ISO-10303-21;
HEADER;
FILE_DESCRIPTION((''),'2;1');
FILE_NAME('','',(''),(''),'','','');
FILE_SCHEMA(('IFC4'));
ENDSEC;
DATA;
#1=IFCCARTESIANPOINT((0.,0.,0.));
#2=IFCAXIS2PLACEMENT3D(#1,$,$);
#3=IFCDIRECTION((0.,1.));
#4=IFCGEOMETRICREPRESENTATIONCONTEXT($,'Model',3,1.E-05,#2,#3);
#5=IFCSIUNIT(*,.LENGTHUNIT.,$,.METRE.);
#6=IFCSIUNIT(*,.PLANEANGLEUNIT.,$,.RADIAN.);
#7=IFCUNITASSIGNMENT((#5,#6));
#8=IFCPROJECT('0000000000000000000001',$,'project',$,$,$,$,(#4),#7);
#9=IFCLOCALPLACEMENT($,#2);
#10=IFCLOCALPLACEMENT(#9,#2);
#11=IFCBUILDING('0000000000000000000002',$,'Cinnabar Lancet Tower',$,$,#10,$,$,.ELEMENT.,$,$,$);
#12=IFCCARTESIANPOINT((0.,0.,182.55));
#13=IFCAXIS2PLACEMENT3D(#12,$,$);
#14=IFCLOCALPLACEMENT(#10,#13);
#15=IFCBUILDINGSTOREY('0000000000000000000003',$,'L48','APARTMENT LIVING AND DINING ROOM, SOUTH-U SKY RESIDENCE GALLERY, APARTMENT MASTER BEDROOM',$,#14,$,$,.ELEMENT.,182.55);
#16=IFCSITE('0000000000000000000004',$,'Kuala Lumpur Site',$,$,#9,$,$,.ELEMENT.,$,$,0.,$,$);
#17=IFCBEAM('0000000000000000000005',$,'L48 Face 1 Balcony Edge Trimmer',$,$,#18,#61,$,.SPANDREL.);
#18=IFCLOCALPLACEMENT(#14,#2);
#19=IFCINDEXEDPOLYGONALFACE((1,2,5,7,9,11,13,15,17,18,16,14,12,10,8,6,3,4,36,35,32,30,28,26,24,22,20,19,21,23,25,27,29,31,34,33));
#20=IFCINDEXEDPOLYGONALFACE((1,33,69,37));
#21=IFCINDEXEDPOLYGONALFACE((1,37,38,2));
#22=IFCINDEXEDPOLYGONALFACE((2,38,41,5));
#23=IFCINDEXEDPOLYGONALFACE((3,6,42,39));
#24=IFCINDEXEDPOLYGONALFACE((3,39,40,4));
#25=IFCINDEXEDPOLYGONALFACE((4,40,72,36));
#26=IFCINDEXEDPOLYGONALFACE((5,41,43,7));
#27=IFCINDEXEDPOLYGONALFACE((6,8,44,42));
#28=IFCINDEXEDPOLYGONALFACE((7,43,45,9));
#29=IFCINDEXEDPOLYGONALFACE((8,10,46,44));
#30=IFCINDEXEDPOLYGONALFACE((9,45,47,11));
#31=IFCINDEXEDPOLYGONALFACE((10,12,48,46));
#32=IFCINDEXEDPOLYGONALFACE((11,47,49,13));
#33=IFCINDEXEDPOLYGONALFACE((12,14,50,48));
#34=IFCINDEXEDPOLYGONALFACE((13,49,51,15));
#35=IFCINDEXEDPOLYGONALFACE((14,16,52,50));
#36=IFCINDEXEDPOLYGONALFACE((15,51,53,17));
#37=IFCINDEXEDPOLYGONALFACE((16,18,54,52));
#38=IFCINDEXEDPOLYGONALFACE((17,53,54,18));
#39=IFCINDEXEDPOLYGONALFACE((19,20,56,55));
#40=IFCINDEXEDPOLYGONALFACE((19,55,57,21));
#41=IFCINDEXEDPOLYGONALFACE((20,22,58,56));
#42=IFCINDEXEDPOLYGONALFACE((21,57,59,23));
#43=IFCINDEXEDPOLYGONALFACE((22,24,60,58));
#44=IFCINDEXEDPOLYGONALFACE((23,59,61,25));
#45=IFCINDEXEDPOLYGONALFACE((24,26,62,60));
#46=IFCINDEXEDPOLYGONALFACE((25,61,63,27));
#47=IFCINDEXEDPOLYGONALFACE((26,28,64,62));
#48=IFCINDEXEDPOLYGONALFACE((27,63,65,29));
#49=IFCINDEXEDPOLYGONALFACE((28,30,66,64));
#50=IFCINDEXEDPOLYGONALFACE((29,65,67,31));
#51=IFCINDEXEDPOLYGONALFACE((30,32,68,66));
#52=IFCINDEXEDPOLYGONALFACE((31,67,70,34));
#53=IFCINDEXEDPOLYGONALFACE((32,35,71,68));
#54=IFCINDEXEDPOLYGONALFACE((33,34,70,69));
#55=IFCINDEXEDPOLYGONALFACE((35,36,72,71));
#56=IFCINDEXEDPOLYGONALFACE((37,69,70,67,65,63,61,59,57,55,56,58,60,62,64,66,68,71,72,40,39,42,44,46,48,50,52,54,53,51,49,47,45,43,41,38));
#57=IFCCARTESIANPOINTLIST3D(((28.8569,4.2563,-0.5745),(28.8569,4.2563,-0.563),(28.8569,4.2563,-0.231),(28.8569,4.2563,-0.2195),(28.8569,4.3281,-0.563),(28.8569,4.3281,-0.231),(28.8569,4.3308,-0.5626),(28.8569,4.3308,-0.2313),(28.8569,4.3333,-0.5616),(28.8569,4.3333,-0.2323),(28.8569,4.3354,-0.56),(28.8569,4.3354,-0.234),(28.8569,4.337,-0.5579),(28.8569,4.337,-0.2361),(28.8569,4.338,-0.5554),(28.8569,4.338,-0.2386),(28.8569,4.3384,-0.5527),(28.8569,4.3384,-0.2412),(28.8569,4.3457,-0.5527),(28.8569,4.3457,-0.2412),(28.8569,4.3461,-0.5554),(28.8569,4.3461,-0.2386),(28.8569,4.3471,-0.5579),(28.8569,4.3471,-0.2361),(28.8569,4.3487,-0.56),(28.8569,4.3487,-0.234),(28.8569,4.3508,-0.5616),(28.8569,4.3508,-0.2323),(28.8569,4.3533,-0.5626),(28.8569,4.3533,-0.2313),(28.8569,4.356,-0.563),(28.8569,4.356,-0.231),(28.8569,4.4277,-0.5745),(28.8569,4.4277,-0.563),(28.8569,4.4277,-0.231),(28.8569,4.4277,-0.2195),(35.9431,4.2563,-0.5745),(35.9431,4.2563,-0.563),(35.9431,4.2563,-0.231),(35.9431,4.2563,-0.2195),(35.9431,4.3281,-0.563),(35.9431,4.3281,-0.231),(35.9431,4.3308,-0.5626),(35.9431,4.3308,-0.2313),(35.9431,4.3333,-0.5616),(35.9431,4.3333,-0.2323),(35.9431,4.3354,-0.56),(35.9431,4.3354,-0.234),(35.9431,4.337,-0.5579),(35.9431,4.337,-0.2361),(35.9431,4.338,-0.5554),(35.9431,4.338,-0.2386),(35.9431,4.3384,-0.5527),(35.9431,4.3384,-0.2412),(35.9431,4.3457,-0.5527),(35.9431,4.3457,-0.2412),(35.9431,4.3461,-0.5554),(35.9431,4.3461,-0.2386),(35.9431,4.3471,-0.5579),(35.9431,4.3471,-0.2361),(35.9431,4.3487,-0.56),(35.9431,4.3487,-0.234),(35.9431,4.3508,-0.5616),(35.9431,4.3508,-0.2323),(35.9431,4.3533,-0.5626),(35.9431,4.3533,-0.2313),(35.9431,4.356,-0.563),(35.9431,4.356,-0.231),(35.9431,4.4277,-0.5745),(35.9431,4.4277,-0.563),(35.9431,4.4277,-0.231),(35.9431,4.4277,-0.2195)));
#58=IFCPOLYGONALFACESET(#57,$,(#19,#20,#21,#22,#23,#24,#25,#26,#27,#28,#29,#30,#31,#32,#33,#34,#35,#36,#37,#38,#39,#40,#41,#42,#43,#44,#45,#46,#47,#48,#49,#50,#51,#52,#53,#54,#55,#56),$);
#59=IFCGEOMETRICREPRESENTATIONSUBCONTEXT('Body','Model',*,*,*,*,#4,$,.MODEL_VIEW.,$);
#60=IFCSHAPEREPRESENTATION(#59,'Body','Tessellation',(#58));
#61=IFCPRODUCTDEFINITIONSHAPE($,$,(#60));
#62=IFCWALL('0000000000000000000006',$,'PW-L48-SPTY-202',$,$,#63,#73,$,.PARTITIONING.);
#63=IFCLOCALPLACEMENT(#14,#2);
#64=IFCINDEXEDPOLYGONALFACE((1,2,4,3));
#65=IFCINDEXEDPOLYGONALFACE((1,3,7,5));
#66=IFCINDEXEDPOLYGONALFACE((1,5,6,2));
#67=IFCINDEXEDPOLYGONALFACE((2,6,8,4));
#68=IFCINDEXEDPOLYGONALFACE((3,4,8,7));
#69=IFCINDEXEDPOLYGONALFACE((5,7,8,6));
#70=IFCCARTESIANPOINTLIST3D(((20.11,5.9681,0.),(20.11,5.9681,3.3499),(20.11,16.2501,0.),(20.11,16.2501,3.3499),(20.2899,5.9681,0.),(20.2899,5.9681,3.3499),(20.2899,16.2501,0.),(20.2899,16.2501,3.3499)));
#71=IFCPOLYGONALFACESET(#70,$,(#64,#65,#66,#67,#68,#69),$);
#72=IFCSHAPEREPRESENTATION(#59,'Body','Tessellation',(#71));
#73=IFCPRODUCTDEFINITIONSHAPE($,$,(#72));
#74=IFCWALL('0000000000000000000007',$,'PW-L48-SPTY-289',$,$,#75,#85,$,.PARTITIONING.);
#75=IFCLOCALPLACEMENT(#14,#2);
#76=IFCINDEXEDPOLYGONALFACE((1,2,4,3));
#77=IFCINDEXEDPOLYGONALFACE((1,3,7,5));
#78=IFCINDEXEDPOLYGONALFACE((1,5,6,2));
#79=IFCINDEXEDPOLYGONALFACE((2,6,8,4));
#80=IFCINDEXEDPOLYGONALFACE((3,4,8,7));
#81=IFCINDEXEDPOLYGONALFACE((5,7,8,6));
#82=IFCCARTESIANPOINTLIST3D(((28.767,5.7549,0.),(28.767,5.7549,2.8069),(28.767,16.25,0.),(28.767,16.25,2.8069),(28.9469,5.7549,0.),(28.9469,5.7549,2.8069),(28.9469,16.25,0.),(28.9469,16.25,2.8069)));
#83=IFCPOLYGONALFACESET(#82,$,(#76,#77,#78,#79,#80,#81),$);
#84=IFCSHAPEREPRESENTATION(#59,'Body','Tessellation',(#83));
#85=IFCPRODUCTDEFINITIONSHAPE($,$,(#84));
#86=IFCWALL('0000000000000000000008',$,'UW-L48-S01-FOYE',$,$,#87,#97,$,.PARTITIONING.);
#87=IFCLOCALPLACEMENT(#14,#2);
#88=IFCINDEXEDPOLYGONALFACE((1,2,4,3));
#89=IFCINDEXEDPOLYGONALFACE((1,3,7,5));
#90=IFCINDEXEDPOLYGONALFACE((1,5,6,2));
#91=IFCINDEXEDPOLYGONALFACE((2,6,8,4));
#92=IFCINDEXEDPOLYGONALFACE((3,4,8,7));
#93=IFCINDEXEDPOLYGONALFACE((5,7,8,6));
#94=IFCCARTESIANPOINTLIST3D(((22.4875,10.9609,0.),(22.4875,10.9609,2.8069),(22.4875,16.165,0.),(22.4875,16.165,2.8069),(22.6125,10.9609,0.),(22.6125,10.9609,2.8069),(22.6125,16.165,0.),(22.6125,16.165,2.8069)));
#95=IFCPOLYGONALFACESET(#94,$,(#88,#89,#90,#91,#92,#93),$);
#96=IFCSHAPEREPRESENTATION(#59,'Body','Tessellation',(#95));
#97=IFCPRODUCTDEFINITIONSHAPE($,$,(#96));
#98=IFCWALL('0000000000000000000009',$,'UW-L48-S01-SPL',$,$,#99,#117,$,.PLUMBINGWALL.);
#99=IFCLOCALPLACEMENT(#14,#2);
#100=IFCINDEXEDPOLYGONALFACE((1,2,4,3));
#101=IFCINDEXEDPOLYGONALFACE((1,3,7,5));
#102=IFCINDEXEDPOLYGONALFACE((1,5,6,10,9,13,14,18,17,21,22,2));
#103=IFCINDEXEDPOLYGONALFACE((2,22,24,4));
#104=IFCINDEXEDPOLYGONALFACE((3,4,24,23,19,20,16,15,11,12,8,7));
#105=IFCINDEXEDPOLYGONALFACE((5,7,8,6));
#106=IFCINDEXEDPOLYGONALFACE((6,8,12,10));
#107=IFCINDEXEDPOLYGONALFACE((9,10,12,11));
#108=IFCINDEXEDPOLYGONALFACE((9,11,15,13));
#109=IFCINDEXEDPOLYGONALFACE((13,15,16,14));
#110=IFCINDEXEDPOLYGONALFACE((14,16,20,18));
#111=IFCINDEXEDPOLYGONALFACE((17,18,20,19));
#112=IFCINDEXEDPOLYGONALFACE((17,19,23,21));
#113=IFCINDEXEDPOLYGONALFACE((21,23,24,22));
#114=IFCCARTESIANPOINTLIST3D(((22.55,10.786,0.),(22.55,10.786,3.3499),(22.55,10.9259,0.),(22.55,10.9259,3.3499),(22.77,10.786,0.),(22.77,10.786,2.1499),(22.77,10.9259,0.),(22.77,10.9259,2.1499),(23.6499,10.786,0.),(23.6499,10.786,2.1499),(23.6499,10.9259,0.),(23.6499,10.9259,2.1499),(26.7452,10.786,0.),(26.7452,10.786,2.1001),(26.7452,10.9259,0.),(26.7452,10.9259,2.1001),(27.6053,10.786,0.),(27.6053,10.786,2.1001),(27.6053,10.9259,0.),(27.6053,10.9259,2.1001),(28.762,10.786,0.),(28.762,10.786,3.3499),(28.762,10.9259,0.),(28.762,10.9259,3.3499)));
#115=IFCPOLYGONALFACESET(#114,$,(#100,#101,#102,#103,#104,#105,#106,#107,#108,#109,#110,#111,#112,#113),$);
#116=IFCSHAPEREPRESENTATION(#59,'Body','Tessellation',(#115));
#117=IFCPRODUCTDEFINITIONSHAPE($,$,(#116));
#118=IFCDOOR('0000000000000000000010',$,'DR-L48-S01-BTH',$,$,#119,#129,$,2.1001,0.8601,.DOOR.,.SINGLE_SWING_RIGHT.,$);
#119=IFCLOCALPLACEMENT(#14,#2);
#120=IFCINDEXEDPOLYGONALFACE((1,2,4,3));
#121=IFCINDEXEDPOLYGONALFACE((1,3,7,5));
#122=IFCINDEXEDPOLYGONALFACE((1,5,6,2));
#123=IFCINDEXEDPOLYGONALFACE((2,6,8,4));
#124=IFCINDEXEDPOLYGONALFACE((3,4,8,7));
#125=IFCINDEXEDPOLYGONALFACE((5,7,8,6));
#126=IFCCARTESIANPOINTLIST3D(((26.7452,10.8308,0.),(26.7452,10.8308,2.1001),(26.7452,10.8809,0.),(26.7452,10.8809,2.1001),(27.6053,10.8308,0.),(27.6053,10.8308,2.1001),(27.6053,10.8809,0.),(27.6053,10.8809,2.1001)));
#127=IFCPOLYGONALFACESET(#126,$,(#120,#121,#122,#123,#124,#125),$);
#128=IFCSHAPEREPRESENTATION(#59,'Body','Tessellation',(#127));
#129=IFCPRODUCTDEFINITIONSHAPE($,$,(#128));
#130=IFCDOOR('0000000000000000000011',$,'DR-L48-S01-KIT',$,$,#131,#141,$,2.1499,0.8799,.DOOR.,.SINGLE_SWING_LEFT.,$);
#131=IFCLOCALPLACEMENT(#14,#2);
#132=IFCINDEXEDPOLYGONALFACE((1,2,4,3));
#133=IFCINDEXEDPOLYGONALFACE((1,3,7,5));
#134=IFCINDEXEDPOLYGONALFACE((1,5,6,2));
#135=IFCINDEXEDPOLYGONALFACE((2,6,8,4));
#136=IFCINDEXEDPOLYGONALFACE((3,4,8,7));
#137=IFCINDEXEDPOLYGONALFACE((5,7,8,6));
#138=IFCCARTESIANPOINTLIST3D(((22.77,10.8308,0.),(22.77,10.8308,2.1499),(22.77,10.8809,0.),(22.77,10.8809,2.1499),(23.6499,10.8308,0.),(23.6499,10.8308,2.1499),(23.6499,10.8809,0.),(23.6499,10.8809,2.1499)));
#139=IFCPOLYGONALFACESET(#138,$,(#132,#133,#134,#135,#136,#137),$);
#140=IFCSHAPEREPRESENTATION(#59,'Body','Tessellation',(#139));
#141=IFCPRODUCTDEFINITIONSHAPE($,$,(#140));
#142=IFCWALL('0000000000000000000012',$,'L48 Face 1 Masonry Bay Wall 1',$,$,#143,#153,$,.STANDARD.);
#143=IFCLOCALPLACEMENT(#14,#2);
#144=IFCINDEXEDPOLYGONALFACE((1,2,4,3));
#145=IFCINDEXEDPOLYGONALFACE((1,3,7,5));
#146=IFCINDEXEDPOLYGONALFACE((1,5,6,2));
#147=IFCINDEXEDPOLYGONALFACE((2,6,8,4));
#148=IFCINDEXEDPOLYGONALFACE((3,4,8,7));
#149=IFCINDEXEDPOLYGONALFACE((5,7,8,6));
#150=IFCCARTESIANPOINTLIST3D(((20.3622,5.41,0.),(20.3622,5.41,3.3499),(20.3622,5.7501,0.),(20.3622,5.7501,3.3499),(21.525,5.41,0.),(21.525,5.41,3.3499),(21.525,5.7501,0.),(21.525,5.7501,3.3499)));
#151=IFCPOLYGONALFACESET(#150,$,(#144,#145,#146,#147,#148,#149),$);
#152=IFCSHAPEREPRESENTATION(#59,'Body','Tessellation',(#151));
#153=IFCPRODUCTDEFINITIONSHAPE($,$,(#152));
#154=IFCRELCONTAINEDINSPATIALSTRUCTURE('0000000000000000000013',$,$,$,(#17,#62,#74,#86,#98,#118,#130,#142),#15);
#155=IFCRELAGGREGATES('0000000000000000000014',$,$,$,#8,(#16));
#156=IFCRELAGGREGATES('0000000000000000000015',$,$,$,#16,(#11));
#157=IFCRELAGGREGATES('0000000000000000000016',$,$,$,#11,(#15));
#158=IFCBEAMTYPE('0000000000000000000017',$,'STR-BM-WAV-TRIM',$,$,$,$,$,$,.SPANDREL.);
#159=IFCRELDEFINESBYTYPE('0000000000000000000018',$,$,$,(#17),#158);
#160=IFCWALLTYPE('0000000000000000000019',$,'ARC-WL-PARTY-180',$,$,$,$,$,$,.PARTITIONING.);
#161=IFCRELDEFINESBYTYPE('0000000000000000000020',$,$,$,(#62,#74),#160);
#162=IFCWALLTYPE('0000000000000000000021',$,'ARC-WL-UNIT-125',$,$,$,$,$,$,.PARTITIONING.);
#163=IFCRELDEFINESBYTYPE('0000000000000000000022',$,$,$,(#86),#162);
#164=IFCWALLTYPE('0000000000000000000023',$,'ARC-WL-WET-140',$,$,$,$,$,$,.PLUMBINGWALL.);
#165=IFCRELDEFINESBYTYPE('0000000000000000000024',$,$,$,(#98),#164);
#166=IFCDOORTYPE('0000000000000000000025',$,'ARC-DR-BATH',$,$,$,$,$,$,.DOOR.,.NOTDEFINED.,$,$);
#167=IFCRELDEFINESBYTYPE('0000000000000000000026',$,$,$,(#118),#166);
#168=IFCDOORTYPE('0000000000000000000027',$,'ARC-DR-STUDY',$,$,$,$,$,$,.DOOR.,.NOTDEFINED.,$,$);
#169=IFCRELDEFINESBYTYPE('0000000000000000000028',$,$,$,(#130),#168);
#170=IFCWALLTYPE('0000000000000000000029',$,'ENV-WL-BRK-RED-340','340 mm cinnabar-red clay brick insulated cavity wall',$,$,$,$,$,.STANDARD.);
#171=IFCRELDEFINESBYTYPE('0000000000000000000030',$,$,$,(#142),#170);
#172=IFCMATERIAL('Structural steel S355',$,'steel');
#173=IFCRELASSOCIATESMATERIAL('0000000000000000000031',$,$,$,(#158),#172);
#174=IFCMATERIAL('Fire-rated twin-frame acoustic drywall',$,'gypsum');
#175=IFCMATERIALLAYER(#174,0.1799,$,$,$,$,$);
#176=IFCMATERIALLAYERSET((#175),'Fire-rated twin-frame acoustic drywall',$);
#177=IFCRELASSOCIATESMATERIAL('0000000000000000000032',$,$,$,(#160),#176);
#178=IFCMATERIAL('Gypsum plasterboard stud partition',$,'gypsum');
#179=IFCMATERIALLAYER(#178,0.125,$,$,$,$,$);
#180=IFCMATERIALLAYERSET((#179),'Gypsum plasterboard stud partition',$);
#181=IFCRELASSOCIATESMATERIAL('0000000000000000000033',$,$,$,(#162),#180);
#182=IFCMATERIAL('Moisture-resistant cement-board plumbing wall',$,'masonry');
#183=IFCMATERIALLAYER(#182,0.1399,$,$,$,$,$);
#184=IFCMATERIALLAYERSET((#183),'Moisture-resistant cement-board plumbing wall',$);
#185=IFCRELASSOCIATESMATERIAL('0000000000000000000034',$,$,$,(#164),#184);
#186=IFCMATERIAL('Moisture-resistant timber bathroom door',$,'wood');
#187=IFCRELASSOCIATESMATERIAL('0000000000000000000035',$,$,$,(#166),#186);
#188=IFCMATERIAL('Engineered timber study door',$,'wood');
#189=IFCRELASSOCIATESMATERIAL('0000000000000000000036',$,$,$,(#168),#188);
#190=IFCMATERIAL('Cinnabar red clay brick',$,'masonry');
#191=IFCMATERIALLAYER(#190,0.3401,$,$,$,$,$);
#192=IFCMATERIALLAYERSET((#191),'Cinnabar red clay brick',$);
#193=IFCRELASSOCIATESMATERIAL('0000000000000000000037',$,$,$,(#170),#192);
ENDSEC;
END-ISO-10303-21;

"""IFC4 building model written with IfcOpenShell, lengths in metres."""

from ifc_helpers import new_model, si_unit, direction, frame, frame_2d, origin, origin_2d, place, context, subcontext, project, spatial, rectangle, i_section, extrude, material, layer, layer_set, material_profile, profile_set, type_object, element, fill, save


model = new_model("IFC4")

# Units and contexts
model_context = context("Model", 3, precision=1e-05, world=origin(), true_north=direction((0.0, 1.0)))
body_context = subcontext(model_context, "Body", "Model", "MODEL_VIEW")
ifc_project = project(units=[si_unit("LENGTHUNIT", "METRE"), si_unit("PLANEANGLEUNIT", "RADIAN")], contexts=[model_context])

# Site, building, storey
site_placement = place(None, origin())
site = spatial("IfcSite", under=ifc_project, at=site_placement, Name="Kuala Lumpur Site", CompositionType="ELEMENT", RefElevation=0.0)
building_placement = place(site_placement, origin())
building = spatial("IfcBuilding", under=site, at=building_placement, Name="Cinnabar Lancet Tower", CompositionType="ELEMENT")
storey_placement = place(building_placement, frame((0.0, 0.0, 182.55)))
storey = spatial("IfcBuildingStorey", under=building, at=storey_placement, Name="L48", Description="APARTMENT LIVING AND DINING ROOM, SOUTH-U SKY RESIDENCE GALLERY, APARTMENT MASTER BEDROOM", CompositionType="ELEMENT", Elevation=182.55)

# Beam
ifc_material_1 = material(Name="Structural steel S355", Category="steel")
ifc_material_profile_1 = material_profile(ifc_material_1, i_section(OverallWidth=0.1714, OverallDepth=0.355, WebThickness=0.0073, FlangeThickness=0.0115, FilletRadius=0.0103, at=origin_2d()), Name="UKB 356x171x51")
ifc_profile_set_1 = profile_set([ifc_material_profile_1], Name="Structural steel S355")
beam_type_1 = type_object("IfcBeamType", Name="STR-BM-WAV-TRIM", PredefinedType="SPANDREL", material=ifc_profile_set_1)
beam_1_placement = place(storey_placement, frame((28.8569, 4.342, -0.397), z_axis=(1.0, 0.0, 0.0), x_axis=(0.0, 1.0, 0.0)))
element("IfcBeam", 1, at=beam_1_placement, inside=storey, type_object=beam_type_1, Name="L48 Face 1 Balcony Edge Trimmer", PredefinedType="SPANDREL", context=body_context, shape_type="SweptSolid", body=[
    extrude(i_section(OverallWidth=0.1714, OverallDepth=0.355, WebThickness=0.0073, FlangeThickness=0.0115, FilletRadius=0.0103, at=origin_2d()), origin(), (0.0, 0.0, 1.0), 7.0862),
])

# Walls
ifc_material_2 = material(Name="Fire-rated twin-frame acoustic drywall", Category="gypsum")
ifc_layer_1 = layer(ifc_material_2, 0.1799)
ifc_layer_set_1 = layer_set([ifc_layer_1], Name="Fire-rated twin-frame acoustic drywall")
wall_type_1 = type_object("IfcWallType", Name="ARC-WL-PARTY-180", PredefinedType="PARTITIONING", material=ifc_layer_set_1)
wall_1_placement = place(storey_placement, frame((20.2, 5.968, 0.0), z_axis=(0.0, 0.0, 1.0), x_axis=(0.0, 1.0, 0.0)))
element("IfcWall", 2, at=wall_1_placement, inside=storey, type_object=wall_type_1, Name="PW-L48-SPTY-202", PredefinedType="PARTITIONING", context=body_context, shape_type="SweptSolid", body=[
    extrude(rectangle(XDim=10.282, YDim=0.1799, at=frame_2d((5.1411, 0.0))), origin(), (0.0, 0.0, 1.0), 3.3499),
])
wall_2_placement = place(storey_placement, frame((28.8569, 5.7549, 0.0), z_axis=(0.0, 0.0, 1.0), x_axis=(0.0, 1.0, 0.0)))
element("IfcWall", 3, at=wall_2_placement, inside=storey, type_object=wall_type_1, Name="PW-L48-SPTY-289", PredefinedType="PARTITIONING", context=body_context, shape_type="SweptSolid", body=[
    extrude(rectangle(XDim=10.4951, YDim=0.1799, at=frame_2d((5.2476, 0.0))), origin(), (0.0, 0.0, 1.0), 2.8069),
])
ifc_material_3 = material(Name="Gypsum plasterboard stud partition", Category="gypsum")
ifc_layer_2 = layer(ifc_material_3, 0.125)
ifc_layer_set_2 = layer_set([ifc_layer_2], Name="Gypsum plasterboard stud partition")
wall_type_2 = type_object("IfcWallType", Name="ARC-WL-UNIT-125", PredefinedType="PARTITIONING", material=ifc_layer_set_2)
wall_3_placement = place(storey_placement, frame((22.55, 10.9609, 0.0), z_axis=(0.0, 0.0, 1.0), x_axis=(0.0, 1.0, 0.0)))
element("IfcWall", 4, at=wall_3_placement, inside=storey, type_object=wall_type_2, Name="UW-L48-S01-FOYE", PredefinedType="PARTITIONING", context=body_context, shape_type="SweptSolid", body=[
    extrude(rectangle(XDim=5.2041, YDim=0.125, at=frame_2d((2.6021, 0.0))), origin(), (0.0, 0.0, 1.0), 2.8069),
])

# Wall, openings, doors
ifc_material_4 = material(Name="Moisture-resistant cement-board plumbing wall", Category="masonry")
ifc_layer_3 = layer(ifc_material_4, 0.1399)
ifc_layer_set_3 = layer_set([ifc_layer_3], Name="Moisture-resistant cement-board plumbing wall")
wall_type_3 = type_object("IfcWallType", Name="ARC-WL-WET-140", PredefinedType="PLUMBINGWALL", material=ifc_layer_set_3)
wall_4_placement = place(storey_placement, frame((22.55, 10.856, 0.0), z_axis=(0.0, 0.0, 1.0), x_axis=(1.0, 0.0, 0.0)))
wall_4 = element("IfcWall", 5, at=wall_4_placement, inside=storey, type_object=wall_type_3, Name="UW-L48-S01-SPL", PredefinedType="PLUMBINGWALL", context=body_context, shape_type="SweptSolid", body=[
    extrude(rectangle(XDim=6.2119, YDim=0.1399, at=frame_2d((3.106, 0.0))), origin(), (0.0, 0.0, 1.0), 3.3499),
])
opening_1_placement = place(wall_4_placement, frame((4.1951, 0.0, 0.0)))
opening_1 = element("IfcOpeningElement", 6, at=opening_1_placement, cuts=wall_4, PredefinedType="OPENING", context=body_context, shape_type="SweptSolid", body=[
    extrude(rectangle(XDim=0.8601, YDim=2.1001, at=frame_2d((0.4302, 1.05))), frame((0.0, 0.0798, 0.0), z_axis=(0.0, -1.0, 0.0), x_axis=(1.0, 0.0, 0.0)), (0.0, 0.0, 1.0), 0.1599),
])
opening_2_placement = place(wall_4_placement, frame((0.22, 0.0, 0.0)))
opening_2 = element("IfcOpeningElement", 7, at=opening_2_placement, cuts=wall_4, PredefinedType="OPENING", context=body_context, shape_type="SweptSolid", body=[
    extrude(rectangle(XDim=0.8799, YDim=2.1499, at=frame_2d((0.4399, 1.075))), frame((0.0, 0.0798, 0.0), z_axis=(0.0, -1.0, 0.0), x_axis=(1.0, 0.0, 0.0)), (0.0, 0.0, 1.0), 0.1599),
])
ifc_material_5 = material(Name="Moisture-resistant timber bathroom door", Category="wood")
door_type_1 = type_object("IfcDoorType", Name="ARC-DR-BATH", OperationType="NOTDEFINED", PredefinedType="DOOR", material=ifc_material_5)
door_1_placement = place(opening_1_placement, origin())
door_1 = element("IfcDoor", 8, at=door_1_placement, inside=storey, type_object=door_type_1, Name="DR-L48-S01-BTH", OperationType="SINGLE_SWING_RIGHT", OverallHeight=2.1001, OverallWidth=0.8601, PredefinedType="DOOR", context=body_context, shape_type="SweptSolid", body=[
    extrude(rectangle(XDim=0.8601, YDim=2.1001, at=frame_2d((0.4302, 1.05))), frame((0.0, 0.0249, 0.0), z_axis=(0.0, -1.0, 0.0), x_axis=(1.0, 0.0, 0.0)), (0.0, 0.0, 1.0), 0.05),
])
fill(opening_1, door_1)
ifc_material_6 = material(Name="Engineered timber study door", Category="wood")
door_type_2 = type_object("IfcDoorType", Name="ARC-DR-STUDY", OperationType="NOTDEFINED", PredefinedType="DOOR", material=ifc_material_6)
door_2_placement = place(opening_2_placement, origin())
door_2 = element("IfcDoor", 9, at=door_2_placement, inside=storey, type_object=door_type_2, Name="DR-L48-S01-KIT", OperationType="SINGLE_SWING_LEFT", OverallHeight=2.1499, OverallWidth=0.8799, PredefinedType="DOOR", context=body_context, shape_type="SweptSolid", body=[
    extrude(rectangle(XDim=0.8799, YDim=2.1499, at=frame_2d((0.4399, 1.075))), frame((0.0, 0.0249, 0.0), z_axis=(0.0, -1.0, 0.0), x_axis=(1.0, 0.0, 0.0)), (0.0, 0.0, 1.0), 0.05),
])
fill(opening_2, door_2)

# Wall
ifc_material_7 = material(Name="Cinnabar red clay brick", Category="masonry")
ifc_layer_4 = layer(ifc_material_7, 0.3401)
ifc_layer_set_4 = layer_set([ifc_layer_4], Name="Cinnabar red clay brick")
wall_type_4 = type_object("IfcWallType", Name="ENV-WL-BRK-RED-340", Description="340 mm cinnabar-red clay brick insulated cavity wall", PredefinedType="STANDARD", material=ifc_layer_set_4)
wall_5_placement = place(storey_placement, frame((20.3621, 5.5801, 0.0), z_axis=(0.0, 0.0, 1.0), x_axis=(1.0, 0.0, 0.0)))
element("IfcWall", 10, at=wall_5_placement, inside=storey, type_object=wall_type_4, Name="L48 Face 1 Masonry Bay Wall 1", PredefinedType="STANDARD", context=body_context, shape_type="SweptSolid", body=[
    extrude(rectangle(XDim=1.1628, YDim=0.3401, at=frame_2d((0.5815, 0.0))), origin(), (0.0, 0.0, 1.0), 3.3499),
])

save(model, "model.ifc")
